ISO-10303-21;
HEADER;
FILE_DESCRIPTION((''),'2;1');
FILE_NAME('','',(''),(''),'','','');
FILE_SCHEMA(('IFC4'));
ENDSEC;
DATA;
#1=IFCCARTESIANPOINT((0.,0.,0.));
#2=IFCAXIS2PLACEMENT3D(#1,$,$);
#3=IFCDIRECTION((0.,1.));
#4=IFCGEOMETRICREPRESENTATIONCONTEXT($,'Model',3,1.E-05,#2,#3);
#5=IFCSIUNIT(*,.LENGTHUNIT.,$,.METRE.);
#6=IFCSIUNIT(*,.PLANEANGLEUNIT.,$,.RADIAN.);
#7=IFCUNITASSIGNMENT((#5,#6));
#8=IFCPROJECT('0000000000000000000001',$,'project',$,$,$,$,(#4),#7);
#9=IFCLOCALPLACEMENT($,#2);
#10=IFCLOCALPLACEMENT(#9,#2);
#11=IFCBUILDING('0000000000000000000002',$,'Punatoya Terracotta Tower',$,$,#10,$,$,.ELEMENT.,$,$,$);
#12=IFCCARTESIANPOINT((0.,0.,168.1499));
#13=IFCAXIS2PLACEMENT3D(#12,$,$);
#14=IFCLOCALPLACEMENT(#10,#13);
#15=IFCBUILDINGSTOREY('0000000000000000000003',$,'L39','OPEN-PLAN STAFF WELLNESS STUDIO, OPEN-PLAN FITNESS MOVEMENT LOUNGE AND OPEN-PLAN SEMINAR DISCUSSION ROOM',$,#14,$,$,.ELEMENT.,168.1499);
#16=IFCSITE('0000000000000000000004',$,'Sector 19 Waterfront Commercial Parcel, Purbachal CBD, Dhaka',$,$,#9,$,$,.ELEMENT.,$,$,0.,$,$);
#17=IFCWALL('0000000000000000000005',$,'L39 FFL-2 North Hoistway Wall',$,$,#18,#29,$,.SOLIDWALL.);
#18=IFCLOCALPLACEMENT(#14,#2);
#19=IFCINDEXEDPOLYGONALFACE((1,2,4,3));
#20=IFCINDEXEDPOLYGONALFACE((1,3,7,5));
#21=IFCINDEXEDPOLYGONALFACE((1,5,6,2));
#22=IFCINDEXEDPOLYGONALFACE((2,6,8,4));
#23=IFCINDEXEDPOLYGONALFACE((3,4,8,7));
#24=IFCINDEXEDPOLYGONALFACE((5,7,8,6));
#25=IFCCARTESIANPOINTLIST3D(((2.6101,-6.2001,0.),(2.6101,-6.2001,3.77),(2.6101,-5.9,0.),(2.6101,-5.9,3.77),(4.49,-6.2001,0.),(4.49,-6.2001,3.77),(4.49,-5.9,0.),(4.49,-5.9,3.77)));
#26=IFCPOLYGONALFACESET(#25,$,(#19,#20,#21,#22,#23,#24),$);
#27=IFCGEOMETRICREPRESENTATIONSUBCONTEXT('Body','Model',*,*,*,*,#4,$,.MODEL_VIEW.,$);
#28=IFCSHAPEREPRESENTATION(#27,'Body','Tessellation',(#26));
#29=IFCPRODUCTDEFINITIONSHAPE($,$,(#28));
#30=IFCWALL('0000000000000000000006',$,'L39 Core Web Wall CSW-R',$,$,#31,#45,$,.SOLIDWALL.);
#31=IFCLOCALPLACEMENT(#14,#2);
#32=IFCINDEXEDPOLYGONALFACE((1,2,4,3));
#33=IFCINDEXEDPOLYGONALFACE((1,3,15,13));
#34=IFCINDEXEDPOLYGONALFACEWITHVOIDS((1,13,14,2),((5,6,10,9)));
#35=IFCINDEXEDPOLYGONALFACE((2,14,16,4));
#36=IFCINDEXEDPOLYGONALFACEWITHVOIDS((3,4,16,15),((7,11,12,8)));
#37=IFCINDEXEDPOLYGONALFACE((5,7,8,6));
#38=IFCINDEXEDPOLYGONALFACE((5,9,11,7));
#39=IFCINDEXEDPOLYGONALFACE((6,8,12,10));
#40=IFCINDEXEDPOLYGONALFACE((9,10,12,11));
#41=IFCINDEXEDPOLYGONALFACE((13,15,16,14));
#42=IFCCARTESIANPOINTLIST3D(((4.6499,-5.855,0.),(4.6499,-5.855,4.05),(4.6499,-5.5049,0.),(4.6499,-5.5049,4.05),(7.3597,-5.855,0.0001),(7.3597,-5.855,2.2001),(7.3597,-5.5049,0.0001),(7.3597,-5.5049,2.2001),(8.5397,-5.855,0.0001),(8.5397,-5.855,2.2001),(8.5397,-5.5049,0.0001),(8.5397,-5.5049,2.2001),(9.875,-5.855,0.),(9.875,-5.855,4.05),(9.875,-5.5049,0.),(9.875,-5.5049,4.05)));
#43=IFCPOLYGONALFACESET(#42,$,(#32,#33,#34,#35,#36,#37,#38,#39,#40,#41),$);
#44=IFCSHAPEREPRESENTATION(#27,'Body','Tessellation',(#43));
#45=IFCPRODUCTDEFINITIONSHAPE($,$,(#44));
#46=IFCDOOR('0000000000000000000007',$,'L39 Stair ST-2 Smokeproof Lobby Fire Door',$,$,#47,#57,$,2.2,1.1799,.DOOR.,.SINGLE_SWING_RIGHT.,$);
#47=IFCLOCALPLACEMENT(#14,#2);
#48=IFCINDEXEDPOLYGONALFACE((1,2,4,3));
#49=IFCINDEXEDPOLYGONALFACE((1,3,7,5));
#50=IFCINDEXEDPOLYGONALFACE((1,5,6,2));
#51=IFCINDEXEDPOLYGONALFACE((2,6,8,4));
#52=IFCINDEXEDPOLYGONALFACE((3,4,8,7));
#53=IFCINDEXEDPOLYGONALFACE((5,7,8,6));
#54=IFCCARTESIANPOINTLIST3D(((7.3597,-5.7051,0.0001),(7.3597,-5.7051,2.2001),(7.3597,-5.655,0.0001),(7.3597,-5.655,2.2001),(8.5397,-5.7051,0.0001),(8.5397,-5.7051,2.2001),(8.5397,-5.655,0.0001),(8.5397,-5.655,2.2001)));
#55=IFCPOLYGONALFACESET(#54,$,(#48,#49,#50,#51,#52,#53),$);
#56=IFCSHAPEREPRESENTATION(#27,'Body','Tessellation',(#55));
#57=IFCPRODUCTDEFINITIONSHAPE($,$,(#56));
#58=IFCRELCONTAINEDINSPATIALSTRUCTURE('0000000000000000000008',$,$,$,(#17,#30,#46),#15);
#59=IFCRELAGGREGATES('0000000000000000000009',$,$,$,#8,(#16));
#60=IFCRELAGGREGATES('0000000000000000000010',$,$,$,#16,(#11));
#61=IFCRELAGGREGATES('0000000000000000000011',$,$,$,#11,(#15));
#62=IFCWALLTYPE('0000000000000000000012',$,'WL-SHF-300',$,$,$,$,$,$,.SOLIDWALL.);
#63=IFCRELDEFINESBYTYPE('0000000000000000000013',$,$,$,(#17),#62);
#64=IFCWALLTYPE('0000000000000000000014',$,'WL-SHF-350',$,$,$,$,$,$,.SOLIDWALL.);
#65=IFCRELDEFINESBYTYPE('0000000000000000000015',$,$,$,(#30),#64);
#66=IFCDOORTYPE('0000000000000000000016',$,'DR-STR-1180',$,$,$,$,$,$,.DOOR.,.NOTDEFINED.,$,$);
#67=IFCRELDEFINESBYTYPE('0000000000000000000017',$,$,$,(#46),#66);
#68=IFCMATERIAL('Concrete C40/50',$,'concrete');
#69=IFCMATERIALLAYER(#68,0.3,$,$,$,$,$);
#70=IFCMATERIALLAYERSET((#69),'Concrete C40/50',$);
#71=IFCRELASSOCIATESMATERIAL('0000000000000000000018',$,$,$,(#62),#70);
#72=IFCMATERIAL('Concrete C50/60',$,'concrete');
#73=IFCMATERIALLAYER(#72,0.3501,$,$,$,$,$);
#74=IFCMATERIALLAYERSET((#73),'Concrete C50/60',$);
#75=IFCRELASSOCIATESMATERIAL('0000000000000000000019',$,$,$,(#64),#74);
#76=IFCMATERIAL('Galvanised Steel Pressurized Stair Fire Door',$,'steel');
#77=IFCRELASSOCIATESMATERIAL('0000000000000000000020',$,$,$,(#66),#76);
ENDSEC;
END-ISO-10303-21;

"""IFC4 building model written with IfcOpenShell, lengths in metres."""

from ifc_helpers import new_model, si_unit, direction, frame, frame_2d, origin, place, context, subcontext, project, spatial, rectangle, extrude, material, layer, layer_set, type_object, element, fill, save


model = new_model("IFC4")

# Units and contexts
model_context = context("Model", 3, precision=1e-05, world=origin(), true_north=direction((0.0, 1.0)))
body_context = subcontext(model_context, "Body", "Model", "MODEL_VIEW")
ifc_project = project(units=[si_unit("LENGTHUNIT", "METRE"), si_unit("PLANEANGLEUNIT", "RADIAN")], contexts=[model_context])

# Site, building, storey
site_placement = place(None, origin())
site = spatial("IfcSite", under=ifc_project, at=site_placement, Name="Sector 19 Waterfront Commercial Parcel, Purbachal CBD, Dhaka", CompositionType="ELEMENT", RefElevation=0.0)
building_placement = place(site_placement, origin())
building = spatial("IfcBuilding", under=site, at=building_placement, Name="Punatoya Terracotta Tower", CompositionType="ELEMENT")
storey_placement = place(building_placement, frame((0.0, 0.0, 168.1499)))
storey = spatial("IfcBuildingStorey", under=building, at=storey_placement, Name="L39", Description="OPEN-PLAN STAFF WELLNESS STUDIO, OPEN-PLAN FITNESS MOVEMENT LOUNGE AND OPEN-PLAN SEMINAR DISCUSSION ROOM", CompositionType="ELEMENT", Elevation=168.1499)

# Shared definitions
ifc_material_1 = material(Name="Concrete C40/50", Category="concrete")

# Shared definitions
ifc_layer_1 = layer(ifc_material_1, 0.3)
ifc_layer_set_1 = layer_set([ifc_layer_1], Name="Concrete C40/50")
wall_type_1 = type_object("IfcWallType", Name="WL-SHF-300", PredefinedType="SOLIDWALL", material=ifc_layer_set_1)

# Wall
wall_1_placement = place(storey_placement, frame((2.6101, -6.05, 0.0), z_axis=(0.0, 0.0, 1.0), x_axis=(1.0, 0.0, 0.0)))
element("IfcWall", 1, at=wall_1_placement, inside=storey, type_object=wall_type_1, Name="L39 FFL-2 North Hoistway Wall", PredefinedType="SOLIDWALL", context=body_context, shape_type="SweptSolid", body=[
    extrude(rectangle(XDim=1.8799, YDim=0.3, at=frame_2d((0.9399, 0.0))), origin(), (0.0, 0.0, 1.0), 3.77),
])

# Wall, opening, door
ifc_material_2 = material(Name="Concrete C50/60", Category="concrete")
ifc_layer_2 = layer(ifc_material_2, 0.3501)
ifc_layer_set_2 = layer_set([ifc_layer_2], Name="Concrete C50/60")
wall_type_2 = type_object("IfcWallType", Name="WL-SHF-350", PredefinedType="SOLIDWALL", material=ifc_layer_set_2)
wall_2_placement = place(storey_placement, frame((4.6499, -5.6799, 0.0), z_axis=(0.0, 0.0, 1.0), x_axis=(1.0, 0.0, 0.0)))
wall_2 = element("IfcWall", 2, at=wall_2_placement, inside=storey, type_object=wall_type_2, Name="L39 Core Web Wall CSW-R", PredefinedType="SOLIDWALL", context=body_context, shape_type="SweptSolid", body=[
    extrude(rectangle(XDim=5.2251, YDim=0.3501, at=frame_2d((2.6125, 0.0))), origin(), (0.0, 0.0, 1.0), 4.05),
])
opening_1_placement = place(wall_2_placement, frame((2.71, 0.0, 0.0)))
opening_1 = element("IfcOpeningElement", 3, at=opening_1_placement, cuts=wall_2, PredefinedType="OPENING", context=body_context, shape_type="SweptSolid", body=[
    extrude(rectangle(XDim=1.1799, YDim=2.2, at=frame_2d((0.5898, 1.1001))), frame((0.0, 0.1851, 0.0), z_axis=(0.0, -1.0, 0.0), x_axis=(1.0, 0.0, 0.0)), (0.0, 0.0, 1.0), 0.3701),
])
ifc_material_3 = material(Name="Galvanised Steel Pressurized Stair Fire Door", Category="steel")
door_type_1 = type_object("IfcDoorType", Name="DR-STR-1180", OperationType="NOTDEFINED", PredefinedType="DOOR", material=ifc_material_3)
door_1_placement = place(opening_1_placement, origin())
door_1 = element("IfcDoor", 4, at=door_1_placement, inside=storey, type_object=door_type_1, Name="L39 Stair ST-2 Smokeproof Lobby Fire Door", OperationType="SINGLE_SWING_RIGHT", OverallHeight=2.2, OverallWidth=1.1799, PredefinedType="DOOR", context=body_context, shape_type="SweptSolid", body=[
    extrude(rectangle(XDim=1.1799, YDim=2.2, at=frame_2d((0.5898, 1.1001))), frame((0.0, 0.0249, 0.0), z_axis=(0.0, -1.0, 0.0), x_axis=(1.0, 0.0, 0.0)), (0.0, 0.0, 1.0), 0.05),
])
fill(opening_1, door_1)

save(model, "model.ifc")
